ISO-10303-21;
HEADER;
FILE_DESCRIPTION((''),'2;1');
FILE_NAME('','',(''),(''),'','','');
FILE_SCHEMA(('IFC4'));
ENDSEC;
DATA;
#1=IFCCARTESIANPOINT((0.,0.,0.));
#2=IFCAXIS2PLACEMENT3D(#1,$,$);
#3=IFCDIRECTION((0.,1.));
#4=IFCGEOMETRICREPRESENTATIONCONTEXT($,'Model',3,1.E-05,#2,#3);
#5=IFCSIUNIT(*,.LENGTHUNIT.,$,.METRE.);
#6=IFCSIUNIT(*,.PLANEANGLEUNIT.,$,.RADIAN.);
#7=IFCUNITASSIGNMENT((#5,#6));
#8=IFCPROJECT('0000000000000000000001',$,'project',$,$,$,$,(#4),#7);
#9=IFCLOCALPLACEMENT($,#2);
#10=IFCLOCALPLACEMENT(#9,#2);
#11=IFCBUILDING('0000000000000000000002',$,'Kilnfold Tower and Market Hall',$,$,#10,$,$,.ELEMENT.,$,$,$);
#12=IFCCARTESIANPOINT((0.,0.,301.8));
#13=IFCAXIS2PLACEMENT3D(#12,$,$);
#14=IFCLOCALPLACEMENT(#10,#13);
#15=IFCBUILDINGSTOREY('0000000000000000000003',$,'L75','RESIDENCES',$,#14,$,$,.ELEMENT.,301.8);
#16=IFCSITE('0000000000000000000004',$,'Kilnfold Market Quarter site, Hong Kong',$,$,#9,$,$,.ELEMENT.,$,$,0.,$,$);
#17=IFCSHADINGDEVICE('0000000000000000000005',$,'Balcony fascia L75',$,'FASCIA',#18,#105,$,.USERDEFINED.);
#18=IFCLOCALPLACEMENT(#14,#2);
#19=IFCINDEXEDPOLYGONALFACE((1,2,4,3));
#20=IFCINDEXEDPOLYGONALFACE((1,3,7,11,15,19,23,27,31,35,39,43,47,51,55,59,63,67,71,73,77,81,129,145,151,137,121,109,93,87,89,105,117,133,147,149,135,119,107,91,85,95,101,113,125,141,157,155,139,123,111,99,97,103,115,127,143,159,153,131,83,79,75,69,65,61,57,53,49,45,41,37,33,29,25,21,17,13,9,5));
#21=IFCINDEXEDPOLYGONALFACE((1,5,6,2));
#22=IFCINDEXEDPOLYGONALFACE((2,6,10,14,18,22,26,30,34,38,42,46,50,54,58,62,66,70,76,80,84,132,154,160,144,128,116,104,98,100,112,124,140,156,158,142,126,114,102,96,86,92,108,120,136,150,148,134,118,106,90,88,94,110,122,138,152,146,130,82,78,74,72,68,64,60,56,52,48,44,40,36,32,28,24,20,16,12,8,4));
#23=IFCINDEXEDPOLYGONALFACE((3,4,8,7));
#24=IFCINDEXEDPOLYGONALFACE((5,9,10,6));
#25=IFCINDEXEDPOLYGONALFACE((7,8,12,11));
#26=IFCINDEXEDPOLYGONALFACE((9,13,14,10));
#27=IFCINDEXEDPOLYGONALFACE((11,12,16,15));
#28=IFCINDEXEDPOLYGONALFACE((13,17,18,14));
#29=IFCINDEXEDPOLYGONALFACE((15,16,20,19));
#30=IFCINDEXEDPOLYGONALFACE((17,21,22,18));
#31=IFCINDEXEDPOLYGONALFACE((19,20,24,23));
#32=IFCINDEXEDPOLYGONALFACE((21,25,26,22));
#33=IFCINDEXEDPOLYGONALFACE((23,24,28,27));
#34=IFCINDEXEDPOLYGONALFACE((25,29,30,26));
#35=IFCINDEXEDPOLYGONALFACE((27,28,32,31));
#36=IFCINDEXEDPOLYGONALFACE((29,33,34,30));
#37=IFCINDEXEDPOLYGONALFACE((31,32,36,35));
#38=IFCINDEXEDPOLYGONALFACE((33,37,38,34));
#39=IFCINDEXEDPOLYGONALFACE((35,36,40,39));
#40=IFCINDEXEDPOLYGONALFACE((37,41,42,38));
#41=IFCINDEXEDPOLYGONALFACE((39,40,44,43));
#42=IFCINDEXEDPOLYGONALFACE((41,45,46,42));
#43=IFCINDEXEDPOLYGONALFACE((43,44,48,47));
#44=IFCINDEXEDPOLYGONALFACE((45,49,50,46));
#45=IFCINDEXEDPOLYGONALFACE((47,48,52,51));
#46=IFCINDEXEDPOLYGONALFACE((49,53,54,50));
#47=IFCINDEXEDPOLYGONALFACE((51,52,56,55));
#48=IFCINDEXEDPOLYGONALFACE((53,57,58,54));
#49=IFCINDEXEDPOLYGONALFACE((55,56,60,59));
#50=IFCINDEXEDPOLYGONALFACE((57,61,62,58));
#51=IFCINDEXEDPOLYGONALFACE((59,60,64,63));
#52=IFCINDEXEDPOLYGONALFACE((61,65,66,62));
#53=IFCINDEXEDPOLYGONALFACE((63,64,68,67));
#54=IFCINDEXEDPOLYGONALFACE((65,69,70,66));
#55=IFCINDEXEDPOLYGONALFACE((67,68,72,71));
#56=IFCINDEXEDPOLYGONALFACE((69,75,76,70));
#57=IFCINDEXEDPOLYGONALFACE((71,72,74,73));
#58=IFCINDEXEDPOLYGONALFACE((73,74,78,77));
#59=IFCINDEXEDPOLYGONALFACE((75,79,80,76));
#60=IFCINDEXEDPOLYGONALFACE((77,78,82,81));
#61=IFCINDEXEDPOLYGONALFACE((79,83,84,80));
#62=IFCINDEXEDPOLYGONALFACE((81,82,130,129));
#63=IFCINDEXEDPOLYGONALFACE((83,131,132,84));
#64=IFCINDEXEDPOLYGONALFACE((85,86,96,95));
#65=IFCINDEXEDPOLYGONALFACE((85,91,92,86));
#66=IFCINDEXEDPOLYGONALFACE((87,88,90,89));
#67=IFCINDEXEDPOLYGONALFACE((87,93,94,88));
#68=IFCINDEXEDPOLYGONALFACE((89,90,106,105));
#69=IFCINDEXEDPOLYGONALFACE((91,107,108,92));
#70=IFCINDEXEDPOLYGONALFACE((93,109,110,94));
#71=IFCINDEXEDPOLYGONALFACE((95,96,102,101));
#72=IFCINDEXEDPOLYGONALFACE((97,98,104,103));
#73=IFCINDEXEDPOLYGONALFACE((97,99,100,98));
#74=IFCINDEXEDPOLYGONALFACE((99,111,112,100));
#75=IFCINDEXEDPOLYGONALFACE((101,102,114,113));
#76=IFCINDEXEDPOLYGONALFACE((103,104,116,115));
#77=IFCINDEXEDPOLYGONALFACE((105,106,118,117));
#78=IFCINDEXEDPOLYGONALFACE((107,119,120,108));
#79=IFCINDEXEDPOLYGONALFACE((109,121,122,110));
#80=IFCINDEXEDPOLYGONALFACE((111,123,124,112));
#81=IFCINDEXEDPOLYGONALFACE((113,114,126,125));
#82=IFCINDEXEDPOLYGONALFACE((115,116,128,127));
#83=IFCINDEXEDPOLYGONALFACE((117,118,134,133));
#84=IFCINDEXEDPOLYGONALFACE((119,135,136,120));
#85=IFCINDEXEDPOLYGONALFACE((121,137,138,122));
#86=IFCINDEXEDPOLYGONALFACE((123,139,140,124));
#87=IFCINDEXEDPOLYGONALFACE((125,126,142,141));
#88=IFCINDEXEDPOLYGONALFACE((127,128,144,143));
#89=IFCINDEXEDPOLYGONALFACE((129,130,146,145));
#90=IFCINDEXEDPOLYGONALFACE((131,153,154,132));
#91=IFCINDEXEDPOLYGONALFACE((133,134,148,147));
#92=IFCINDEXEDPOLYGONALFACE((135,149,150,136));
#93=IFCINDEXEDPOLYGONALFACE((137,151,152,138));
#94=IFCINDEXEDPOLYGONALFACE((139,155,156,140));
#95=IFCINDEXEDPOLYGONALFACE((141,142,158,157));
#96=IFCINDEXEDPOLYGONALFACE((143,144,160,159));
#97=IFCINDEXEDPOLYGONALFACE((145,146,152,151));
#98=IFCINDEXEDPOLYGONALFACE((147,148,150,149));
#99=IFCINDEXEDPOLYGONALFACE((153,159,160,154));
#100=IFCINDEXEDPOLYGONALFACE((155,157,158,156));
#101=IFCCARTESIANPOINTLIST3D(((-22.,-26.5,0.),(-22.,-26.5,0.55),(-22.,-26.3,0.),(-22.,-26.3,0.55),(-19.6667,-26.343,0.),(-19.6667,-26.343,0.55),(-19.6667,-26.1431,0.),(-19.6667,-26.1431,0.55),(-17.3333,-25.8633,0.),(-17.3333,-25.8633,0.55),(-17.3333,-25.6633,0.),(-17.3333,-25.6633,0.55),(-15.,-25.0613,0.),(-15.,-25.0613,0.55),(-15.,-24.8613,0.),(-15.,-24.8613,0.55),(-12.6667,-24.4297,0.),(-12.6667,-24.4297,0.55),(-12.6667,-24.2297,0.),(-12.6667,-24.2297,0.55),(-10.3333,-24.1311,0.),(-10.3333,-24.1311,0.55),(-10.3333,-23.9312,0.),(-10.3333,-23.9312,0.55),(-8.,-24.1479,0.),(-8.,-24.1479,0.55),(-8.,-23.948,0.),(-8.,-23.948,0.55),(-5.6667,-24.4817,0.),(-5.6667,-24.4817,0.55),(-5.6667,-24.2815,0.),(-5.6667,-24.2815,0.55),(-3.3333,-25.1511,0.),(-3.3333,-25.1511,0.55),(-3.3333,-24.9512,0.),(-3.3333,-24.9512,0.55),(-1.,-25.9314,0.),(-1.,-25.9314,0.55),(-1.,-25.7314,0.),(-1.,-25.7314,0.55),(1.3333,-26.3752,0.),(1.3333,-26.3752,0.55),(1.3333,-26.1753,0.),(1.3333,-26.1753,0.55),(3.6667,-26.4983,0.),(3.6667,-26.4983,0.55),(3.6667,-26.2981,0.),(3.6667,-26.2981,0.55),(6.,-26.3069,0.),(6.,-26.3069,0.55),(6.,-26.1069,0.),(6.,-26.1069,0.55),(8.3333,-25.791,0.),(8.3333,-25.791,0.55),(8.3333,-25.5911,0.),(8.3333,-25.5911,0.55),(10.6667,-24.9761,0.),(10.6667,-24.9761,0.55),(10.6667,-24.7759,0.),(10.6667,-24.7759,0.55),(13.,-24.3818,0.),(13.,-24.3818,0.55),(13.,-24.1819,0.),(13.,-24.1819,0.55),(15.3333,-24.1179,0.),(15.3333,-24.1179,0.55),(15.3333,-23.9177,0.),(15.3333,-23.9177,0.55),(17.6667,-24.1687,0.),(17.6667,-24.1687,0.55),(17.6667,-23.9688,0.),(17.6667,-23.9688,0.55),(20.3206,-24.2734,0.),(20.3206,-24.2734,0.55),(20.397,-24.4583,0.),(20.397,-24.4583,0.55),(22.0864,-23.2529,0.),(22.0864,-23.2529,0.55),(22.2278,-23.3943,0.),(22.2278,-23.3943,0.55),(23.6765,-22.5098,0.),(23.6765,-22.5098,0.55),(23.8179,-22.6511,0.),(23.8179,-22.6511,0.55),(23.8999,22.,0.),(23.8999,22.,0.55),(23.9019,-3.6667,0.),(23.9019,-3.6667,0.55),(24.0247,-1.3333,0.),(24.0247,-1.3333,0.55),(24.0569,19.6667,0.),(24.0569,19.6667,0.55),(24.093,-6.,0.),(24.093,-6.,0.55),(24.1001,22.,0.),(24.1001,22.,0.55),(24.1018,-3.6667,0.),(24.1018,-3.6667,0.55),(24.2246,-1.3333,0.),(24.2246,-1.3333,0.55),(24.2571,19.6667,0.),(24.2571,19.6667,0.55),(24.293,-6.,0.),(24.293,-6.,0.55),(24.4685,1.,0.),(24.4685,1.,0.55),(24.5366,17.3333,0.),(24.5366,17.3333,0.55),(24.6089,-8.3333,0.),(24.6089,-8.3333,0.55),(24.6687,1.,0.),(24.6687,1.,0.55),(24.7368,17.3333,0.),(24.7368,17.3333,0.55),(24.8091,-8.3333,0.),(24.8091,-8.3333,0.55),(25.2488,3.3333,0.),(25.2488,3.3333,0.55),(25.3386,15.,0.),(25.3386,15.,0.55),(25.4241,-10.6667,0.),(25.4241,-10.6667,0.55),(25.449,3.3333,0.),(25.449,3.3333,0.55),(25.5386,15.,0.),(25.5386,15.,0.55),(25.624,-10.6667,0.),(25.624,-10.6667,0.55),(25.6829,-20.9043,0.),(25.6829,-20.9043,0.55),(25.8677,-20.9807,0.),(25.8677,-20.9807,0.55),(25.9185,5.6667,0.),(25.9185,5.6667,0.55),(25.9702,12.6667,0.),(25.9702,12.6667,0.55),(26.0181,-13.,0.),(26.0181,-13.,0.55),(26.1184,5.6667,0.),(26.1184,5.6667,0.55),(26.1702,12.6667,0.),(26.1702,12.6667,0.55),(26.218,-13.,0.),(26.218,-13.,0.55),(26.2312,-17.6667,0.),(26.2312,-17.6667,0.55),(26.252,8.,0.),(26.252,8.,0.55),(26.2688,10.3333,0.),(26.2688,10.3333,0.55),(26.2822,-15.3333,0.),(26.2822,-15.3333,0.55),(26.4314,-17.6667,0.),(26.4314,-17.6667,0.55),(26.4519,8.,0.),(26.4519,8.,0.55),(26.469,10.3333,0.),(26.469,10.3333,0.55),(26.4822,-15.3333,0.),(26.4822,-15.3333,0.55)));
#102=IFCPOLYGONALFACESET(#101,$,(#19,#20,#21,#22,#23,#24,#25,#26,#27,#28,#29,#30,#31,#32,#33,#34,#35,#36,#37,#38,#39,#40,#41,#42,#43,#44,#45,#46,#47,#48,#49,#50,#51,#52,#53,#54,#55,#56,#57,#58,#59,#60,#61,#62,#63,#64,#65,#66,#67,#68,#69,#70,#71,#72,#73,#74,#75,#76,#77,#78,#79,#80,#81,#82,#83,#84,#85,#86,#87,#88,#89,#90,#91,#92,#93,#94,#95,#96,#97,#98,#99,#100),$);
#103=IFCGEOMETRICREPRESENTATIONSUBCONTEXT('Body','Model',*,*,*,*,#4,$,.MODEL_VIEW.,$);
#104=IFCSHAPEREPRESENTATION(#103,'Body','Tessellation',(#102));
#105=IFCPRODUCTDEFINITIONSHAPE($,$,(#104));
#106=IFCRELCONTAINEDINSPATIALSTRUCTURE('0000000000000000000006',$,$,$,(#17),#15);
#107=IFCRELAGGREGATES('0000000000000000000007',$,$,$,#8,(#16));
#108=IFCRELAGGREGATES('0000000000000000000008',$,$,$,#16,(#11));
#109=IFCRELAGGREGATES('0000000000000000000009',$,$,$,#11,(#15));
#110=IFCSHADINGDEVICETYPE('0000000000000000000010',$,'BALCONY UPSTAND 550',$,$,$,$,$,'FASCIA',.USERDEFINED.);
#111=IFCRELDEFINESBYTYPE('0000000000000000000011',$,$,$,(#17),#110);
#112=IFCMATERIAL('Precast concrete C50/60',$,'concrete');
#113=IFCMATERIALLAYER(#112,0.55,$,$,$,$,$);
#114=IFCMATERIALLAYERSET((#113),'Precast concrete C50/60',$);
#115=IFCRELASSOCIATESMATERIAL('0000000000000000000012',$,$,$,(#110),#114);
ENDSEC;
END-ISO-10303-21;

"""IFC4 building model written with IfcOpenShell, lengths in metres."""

from ifc_helpers import new_model, si_unit, direction, frame, origin, place, context, subcontext, project, spatial, polyline, outline, extrude, source, transform, mapped, material, layer, layer_set, type_object, element, save


model = new_model("IFC4")

# Units and contexts
model_context = context("Model", 3, precision=1e-05, world=origin(), true_north=direction((0.0, 1.0)))
body_context = subcontext(model_context, "Body", "Model", "MODEL_VIEW")
ifc_project = project(units=[si_unit("LENGTHUNIT", "METRE"), si_unit("PLANEANGLEUNIT", "RADIAN")], contexts=[model_context])

# Site, building, storey
site_placement = place(None, origin())
site = spatial("IfcSite", under=ifc_project, at=site_placement, Name="Kilnfold Market Quarter site, Hong Kong", CompositionType="ELEMENT", RefElevation=0.0)
building_placement = place(site_placement, origin())
building = spatial("IfcBuilding", under=site, at=building_placement, Name="Kilnfold Tower and Market Hall", CompositionType="ELEMENT")
storey_placement = place(building_placement, frame((0.0, 0.0, 301.8)))
storey = spatial("IfcBuildingStorey", under=building, at=storey_placement, Name="L75", Description="RESIDENCES", CompositionType="ELEMENT", Elevation=301.8)

# Shading device
ifc_material_1 = material(Name="Precast concrete C50/60", Category="concrete")
ifc_layer_1 = layer(ifc_material_1, 0.55)
ifc_layer_set_1 = layer_set([ifc_layer_1], Name="Precast concrete C50/60")
shading_device_type_1 = type_object("IfcShadingDeviceType", Name="BALCONY UPSTAND 550", ElementType="FASCIA", PredefinedType="USERDEFINED", material=ifc_layer_set_1)
shared_shape_1 = source(origin(), body_context, "Body", "SweptSolid", [
    extrude(outline(polyline([(-22.0, -26.5), (-19.6667, -26.343), (-17.3333, -25.8633), (-15.0, -25.0613), (-12.6667, -24.4297), (-10.3333, -24.1311), (-8.0, -24.1479), (-5.6667, -24.4817), (-3.3333, -25.1511), (-1.0, -25.9314), (1.3333, -26.3752), (3.6667, -26.4983), (6.0, -26.3069), (8.3333, -25.791), (10.6667, -24.9761), (13.0, -24.3818), (15.3333, -24.1179), (17.6667, -24.1687), (20.397, -24.4583), (22.2278, -23.3943), (23.8179, -22.6511), (25.8677, -20.9807), (26.4314, -17.6667), (26.4822, -15.3333), (26.218, -13.0), (25.624, -10.6667), (24.8091, -8.3333), (24.293, -6.0), (24.1018, -3.6667), (24.2246, -1.3333), (24.6687, 1.0), (25.449, 3.3333), (26.1184, 5.6667), (26.4519, 8.0), (26.469, 10.3333), (26.1702, 12.6667), (25.5386, 15.0), (24.7368, 17.3333), (24.2571, 19.6667), (24.1001, 22.0), (23.8999, 22.0), (24.0569, 19.6667), (24.5366, 17.3333), (25.3386, 15.0), (25.9702, 12.6667), (26.2688, 10.3333), (26.252, 8.0), (25.9185, 5.6667), (25.2488, 3.3333), (24.4685, 1.0), (24.0247, -1.3333), (23.9019, -3.6667), (24.093, -6.0), (24.6089, -8.3333), (25.4241, -10.6667), (26.0181, -13.0), (26.2822, -15.3333), (26.2312, -17.6667), (25.6829, -20.9043), (23.6765, -22.5098), (22.0864, -23.2529), (20.3206, -24.2734), (17.6667, -23.9688), (15.3333, -23.9177), (13.0, -24.1819), (10.6667, -24.7759), (8.3333, -25.5911), (6.0, -26.1069), (3.6667, -26.2981), (1.3333, -26.1753), (-1.0, -25.7314), (-3.3333, -24.9512), (-5.6667, -24.2815), (-8.0, -23.948), (-10.3333, -23.9312), (-12.6667, -24.2297), (-15.0, -24.8613), (-17.3333, -25.6633), (-19.6667, -26.1431), (-22.0, -26.3), (-22.0, -26.5)])), origin(), (0.0, 0.0, 1.0), 0.55),
])
shading_device_1_placement = place(storey_placement, origin())
element("IfcShadingDevice", 1, at=shading_device_1_placement, inside=storey, type_object=shading_device_type_1, Name="Balcony fascia L75", ObjectType="FASCIA", PredefinedType="USERDEFINED", context=body_context, shape_type="MappedRepresentation", body=[
    mapped(shared_shape_1, transform((0.0, 0.0, 0.0))),
])

save(model, "model.ifc")
